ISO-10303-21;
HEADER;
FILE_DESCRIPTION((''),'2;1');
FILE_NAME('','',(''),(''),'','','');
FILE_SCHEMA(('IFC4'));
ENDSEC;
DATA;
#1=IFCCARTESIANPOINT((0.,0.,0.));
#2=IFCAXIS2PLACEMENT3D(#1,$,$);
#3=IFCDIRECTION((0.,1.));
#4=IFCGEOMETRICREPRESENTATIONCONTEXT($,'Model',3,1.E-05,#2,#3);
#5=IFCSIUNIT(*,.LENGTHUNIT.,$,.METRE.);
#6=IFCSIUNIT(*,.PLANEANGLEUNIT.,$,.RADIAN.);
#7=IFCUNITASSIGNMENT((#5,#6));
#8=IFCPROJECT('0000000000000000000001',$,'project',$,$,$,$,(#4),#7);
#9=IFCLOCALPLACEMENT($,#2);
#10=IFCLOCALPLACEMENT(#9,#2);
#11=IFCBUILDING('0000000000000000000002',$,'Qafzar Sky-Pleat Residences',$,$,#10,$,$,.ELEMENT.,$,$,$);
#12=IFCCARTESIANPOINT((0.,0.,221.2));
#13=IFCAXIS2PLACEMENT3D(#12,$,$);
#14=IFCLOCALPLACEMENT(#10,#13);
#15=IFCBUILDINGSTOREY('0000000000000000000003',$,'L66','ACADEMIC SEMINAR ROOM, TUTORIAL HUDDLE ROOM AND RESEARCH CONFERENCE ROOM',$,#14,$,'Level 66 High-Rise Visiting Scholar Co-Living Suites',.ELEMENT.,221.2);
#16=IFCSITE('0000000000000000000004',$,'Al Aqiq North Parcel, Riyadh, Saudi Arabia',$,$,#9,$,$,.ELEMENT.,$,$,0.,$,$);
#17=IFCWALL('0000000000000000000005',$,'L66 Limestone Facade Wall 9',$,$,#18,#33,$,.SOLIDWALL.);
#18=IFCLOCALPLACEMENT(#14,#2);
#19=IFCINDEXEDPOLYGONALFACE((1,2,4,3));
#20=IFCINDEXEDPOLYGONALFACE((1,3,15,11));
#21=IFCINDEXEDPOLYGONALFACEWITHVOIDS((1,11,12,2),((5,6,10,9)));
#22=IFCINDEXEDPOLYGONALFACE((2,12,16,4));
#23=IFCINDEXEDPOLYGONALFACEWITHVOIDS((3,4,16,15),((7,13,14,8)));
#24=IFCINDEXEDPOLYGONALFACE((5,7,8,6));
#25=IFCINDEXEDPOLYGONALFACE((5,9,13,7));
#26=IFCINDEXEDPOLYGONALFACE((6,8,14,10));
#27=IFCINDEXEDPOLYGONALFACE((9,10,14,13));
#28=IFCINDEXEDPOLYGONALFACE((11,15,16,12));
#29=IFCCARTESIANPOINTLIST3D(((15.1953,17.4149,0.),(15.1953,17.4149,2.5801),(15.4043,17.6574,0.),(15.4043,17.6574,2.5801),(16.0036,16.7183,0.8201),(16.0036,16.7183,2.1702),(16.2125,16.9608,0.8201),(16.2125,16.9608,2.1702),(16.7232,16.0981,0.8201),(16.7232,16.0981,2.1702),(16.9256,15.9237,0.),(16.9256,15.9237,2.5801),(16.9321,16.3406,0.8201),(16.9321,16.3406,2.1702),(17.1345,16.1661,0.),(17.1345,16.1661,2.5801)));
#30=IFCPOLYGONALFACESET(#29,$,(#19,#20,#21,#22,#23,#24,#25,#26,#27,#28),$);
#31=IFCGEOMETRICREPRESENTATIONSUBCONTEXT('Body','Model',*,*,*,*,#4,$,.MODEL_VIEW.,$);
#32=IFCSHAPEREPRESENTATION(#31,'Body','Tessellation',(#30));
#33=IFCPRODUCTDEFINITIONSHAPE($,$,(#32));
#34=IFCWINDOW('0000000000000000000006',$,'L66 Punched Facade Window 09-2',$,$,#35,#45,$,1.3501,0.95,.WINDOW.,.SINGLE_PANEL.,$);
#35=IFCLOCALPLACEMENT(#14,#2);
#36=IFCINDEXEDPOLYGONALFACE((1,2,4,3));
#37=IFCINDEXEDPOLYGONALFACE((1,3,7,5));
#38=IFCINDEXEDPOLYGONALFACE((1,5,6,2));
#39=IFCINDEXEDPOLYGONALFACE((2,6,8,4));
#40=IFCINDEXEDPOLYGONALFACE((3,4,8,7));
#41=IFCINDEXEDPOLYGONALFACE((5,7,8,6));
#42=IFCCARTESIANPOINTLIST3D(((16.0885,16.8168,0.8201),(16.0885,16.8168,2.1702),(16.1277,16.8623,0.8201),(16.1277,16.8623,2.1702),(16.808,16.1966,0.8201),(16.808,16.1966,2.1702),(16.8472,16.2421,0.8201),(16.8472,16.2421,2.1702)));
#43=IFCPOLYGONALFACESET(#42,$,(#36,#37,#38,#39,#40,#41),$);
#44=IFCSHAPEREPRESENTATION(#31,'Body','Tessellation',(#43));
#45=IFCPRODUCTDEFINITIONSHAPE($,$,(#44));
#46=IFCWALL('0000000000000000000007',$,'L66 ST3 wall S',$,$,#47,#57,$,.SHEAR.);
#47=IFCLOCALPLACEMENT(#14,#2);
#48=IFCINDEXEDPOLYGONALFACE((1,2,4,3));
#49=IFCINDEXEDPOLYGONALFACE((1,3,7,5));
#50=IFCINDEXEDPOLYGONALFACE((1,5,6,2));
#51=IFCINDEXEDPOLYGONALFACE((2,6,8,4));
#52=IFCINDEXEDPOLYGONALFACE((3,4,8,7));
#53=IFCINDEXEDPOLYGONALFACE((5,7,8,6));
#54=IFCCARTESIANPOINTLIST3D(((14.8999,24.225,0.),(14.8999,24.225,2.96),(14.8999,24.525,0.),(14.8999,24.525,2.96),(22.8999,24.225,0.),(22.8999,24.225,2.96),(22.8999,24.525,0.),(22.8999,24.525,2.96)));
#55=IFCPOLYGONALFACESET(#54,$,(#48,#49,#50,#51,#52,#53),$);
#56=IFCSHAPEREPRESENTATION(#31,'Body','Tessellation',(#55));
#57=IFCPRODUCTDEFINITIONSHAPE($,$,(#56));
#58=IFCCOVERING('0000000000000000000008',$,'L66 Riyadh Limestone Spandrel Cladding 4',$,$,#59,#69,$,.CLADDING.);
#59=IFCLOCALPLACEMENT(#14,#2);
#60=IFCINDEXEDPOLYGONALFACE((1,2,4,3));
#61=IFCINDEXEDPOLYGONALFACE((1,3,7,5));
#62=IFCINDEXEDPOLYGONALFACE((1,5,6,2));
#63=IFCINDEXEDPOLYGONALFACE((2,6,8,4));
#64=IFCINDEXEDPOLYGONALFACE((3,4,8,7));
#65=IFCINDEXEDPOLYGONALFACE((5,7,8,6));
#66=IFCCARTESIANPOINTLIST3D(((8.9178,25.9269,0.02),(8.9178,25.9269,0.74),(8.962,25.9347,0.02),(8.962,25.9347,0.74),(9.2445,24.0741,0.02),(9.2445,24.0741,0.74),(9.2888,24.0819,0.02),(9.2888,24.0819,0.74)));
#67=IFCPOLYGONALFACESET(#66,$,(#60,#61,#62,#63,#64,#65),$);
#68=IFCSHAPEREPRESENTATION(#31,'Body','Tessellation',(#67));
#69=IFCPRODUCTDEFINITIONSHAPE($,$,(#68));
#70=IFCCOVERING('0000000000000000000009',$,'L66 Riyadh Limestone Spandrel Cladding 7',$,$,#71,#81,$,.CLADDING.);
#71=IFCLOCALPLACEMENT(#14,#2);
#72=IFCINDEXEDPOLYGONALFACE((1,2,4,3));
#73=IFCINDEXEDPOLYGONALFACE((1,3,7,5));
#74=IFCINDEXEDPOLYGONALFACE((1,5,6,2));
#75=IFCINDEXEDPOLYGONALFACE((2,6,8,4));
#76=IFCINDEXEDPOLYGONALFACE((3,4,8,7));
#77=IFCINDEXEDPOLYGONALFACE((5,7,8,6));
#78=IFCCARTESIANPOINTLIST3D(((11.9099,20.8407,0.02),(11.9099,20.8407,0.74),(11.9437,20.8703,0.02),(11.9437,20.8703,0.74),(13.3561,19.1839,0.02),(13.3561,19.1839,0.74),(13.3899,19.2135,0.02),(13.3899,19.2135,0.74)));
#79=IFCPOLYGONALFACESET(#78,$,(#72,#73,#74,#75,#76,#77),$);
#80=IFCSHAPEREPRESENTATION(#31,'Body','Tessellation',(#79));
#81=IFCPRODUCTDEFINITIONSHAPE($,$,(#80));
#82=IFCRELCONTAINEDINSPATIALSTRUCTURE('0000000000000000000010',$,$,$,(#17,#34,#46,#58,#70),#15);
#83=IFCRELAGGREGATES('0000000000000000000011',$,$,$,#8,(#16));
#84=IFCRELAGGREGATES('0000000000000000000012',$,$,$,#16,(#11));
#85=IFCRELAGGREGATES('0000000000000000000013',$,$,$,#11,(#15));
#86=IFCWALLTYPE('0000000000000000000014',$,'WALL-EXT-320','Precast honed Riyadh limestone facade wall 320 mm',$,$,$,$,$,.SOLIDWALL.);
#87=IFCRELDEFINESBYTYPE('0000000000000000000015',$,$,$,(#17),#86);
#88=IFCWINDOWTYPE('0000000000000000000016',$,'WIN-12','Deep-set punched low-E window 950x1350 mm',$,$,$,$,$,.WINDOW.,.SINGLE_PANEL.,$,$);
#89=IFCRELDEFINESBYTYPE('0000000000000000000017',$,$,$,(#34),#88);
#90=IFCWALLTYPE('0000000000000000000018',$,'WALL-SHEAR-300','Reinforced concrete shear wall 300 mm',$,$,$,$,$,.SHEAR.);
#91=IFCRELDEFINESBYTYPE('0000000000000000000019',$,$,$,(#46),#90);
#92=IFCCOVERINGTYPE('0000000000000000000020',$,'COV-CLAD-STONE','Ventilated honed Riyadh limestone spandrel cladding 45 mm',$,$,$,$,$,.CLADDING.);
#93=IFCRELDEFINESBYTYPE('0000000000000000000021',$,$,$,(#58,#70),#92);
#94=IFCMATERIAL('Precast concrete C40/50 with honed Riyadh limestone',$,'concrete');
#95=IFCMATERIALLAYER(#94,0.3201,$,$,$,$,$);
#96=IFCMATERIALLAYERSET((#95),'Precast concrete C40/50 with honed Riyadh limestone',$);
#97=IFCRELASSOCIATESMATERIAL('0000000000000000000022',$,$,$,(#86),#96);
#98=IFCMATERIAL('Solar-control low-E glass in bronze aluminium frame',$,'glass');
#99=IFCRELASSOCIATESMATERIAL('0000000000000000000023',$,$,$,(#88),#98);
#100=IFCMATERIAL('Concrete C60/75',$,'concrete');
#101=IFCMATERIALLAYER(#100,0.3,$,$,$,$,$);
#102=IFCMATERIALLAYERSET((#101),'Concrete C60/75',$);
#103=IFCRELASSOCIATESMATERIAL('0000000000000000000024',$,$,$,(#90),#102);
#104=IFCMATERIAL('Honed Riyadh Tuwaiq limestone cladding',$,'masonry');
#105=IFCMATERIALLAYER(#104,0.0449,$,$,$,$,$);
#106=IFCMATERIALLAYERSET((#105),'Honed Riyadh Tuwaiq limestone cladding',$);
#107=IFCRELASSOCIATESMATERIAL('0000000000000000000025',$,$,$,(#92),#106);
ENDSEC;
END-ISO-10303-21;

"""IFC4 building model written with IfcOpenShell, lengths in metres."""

from ifc_helpers import new_model, si_unit, direction, frame, frame_2d, origin, origin_2d, place, context, subcontext, project, spatial, rectangle, extrude, source, transform, mapped, material, layer, layer_set, type_object, element, fill, save


model = new_model("IFC4")

# Units and contexts
model_context = context("Model", 3, precision=1e-05, world=origin(), true_north=direction((0.0, 1.0)))
body_context = subcontext(model_context, "Body", "Model", "MODEL_VIEW")
ifc_project = project(units=[si_unit("LENGTHUNIT", "METRE"), si_unit("PLANEANGLEUNIT", "RADIAN")], contexts=[model_context])

# Site, building, storey
site_placement = place(None, origin())
site = spatial("IfcSite", under=ifc_project, at=site_placement, Name="Al Aqiq North Parcel, Riyadh, Saudi Arabia", CompositionType="ELEMENT", RefElevation=0.0)
building_placement = place(site_placement, origin())
building = spatial("IfcBuilding", under=site, at=building_placement, Name="Qafzar Sky-Pleat Residences", CompositionType="ELEMENT")
storey_placement = place(building_placement, frame((0.0, 0.0, 221.2)))
storey = spatial("IfcBuildingStorey", under=building, at=storey_placement, Name="L66", Description="ACADEMIC SEMINAR ROOM, TUTORIAL HUDDLE ROOM AND RESEARCH CONFERENCE ROOM", LongName="Level 66 High-Rise Visiting Scholar Co-Living Suites", CompositionType="ELEMENT", Elevation=221.2)

# Shared definitions
ifc_material_1 = material(Name="Precast concrete C40/50 with honed Riyadh limestone", Category="concrete")
ifc_layer_1 = layer(ifc_material_1, 0.3201)
ifc_layer_set_1 = layer_set([ifc_layer_1], Name="Precast concrete C40/50 with honed Riyadh limestone")
wall_type_1 = type_object("IfcWallType", Name="WALL-EXT-320", Description="Precast honed Riyadh limestone facade wall 320 mm", PredefinedType="SOLIDWALL", material=ifc_layer_set_1)
ifc_material_2 = material(Name="Solar-control low-E glass in bronze aluminium frame", Category="glass")

# Wall, opening, window
wall_1_placement = place(storey_placement, frame((15.2998, 17.5361, 0.0), z_axis=(0.0, 0.0, 1.0), x_axis=(0.757488, -0.652849, 0.0)))
wall_1 = element("IfcWall", 1, at=wall_1_placement, inside=storey, type_object=wall_type_1, Name="L66 Limestone Facade Wall 9", PredefinedType="SOLIDWALL", context=body_context, shape_type="SweptSolid", body=[
    extrude(rectangle(XDim=2.2842, YDim=0.3201, at=frame_2d((1.1421, 0.0))), origin(), (0.0, 0.0, 1.0), 2.5801),
])
opening_1_placement = place(wall_1_placement, frame((1.0669, 0.0, 0.8201)))
opening_1 = element("IfcOpeningElement", 2, at=opening_1_placement, cuts=wall_1, PredefinedType="OPENING", context=body_context, shape_type="SweptSolid", body=[
    extrude(rectangle(XDim=0.95, YDim=1.3501, at=frame_2d((0.4751, 0.675))), frame((0.0, 0.1699, 0.0), z_axis=(0.0, -1.0, 0.0), x_axis=(1.0, 0.0, 0.0)), (0.0, 0.0, 1.0), 0.3401),
])
window_type_1 = type_object("IfcWindowType", Name="WIN-12", Description="Deep-set punched low-E window 950x1350 mm", PartitioningType="SINGLE_PANEL", PredefinedType="WINDOW", material=ifc_material_2)
shared_shape_1 = source(origin(), body_context, "Body", "SweptSolid", [
    extrude(rectangle(XDim=0.95, YDim=1.3501, at=frame_2d((0.4751, 0.675))), frame((0.0, 0.03, 0.0), z_axis=(0.0, -1.0, 0.0), x_axis=(1.0, 0.0, 0.0)), (0.0, 0.0, 1.0), 0.0601),
])
window_1_placement = place(opening_1_placement, origin())
window_1 = element("IfcWindow", 3, at=window_1_placement, inside=storey, type_object=window_type_1, Name="L66 Punched Facade Window 09-2", OverallHeight=1.3501, OverallWidth=0.95, PartitioningType="SINGLE_PANEL", PredefinedType="WINDOW", context=body_context, shape_type="MappedRepresentation", body=[
    mapped(shared_shape_1, transform((0.0, 0.0, 0.0), x_axis=(1.0, 0.0, 0.0), y_axis=(0.0, 1.0, 0.0), z_axis=(0.0, 0.0, 1.0), scale=1.0)),
])
fill(opening_1, window_1)

# Wall
ifc_material_3 = material(Name="Concrete C60/75", Category="concrete")
ifc_layer_2 = layer(ifc_material_3, 0.3)
ifc_layer_set_2 = layer_set([ifc_layer_2], Name="Concrete C60/75")
wall_type_2 = type_object("IfcWallType", Name="WALL-SHEAR-300", Description="Reinforced concrete shear wall 300 mm", PredefinedType="SHEAR", material=ifc_layer_set_2)
wall_2_placement = place(storey_placement, frame((14.8999, 24.375, 0.0), z_axis=(0.0, 0.0, 1.0), x_axis=(1.0, 0.0, 0.0)))
element("IfcWall", 4, at=wall_2_placement, inside=storey, type_object=wall_type_2, Name="L66 ST3 wall S", PredefinedType="SHEAR", context=body_context, shape_type="SweptSolid", body=[
    extrude(rectangle(XDim=8.0, YDim=0.3, at=frame_2d((4.0, 0.0))), origin(), (0.0, 0.0, 1.0), 2.96),
])

# Covering
ifc_material_4 = material(Name="Honed Riyadh Tuwaiq limestone cladding", Category="masonry")
ifc_layer_3 = layer(ifc_material_4, 0.0449)
ifc_layer_set_3 = layer_set([ifc_layer_3], Name="Honed Riyadh Tuwaiq limestone cladding")
covering_type = type_object("IfcCoveringType", Name="COV-CLAD-STONE", Description="Ventilated honed Riyadh limestone spandrel cladding 45 mm", PredefinedType="CLADDING", material=ifc_layer_set_3)
shared_shape_2 = source(origin(), body_context, "Body", "SweptSolid", [
    extrude(rectangle(XDim=1.8813, YDim=0.0449, at=origin_2d()), origin(), (0.0, 0.0, 1.0), 0.72),
])
covering_1_placement = place(storey_placement, frame((9.1033, 25.0044, 0.02), z_axis=(0.0, 0.0, 1.0), x_axis=(0.173663, -0.984805, 0.0)))
element("IfcCovering", 5, at=covering_1_placement, inside=storey, type_object=covering_type, Name="L66 Riyadh Limestone Spandrel Cladding 4", PredefinedType="CLADDING", context=body_context, shape_type="MappedRepresentation", body=[
    mapped(shared_shape_2, transform((0.0, 0.0, 0.0), x_axis=(1.0, 0.0, 0.0), y_axis=(0.0, 1.0, 0.0), z_axis=(0.0, 0.0, 1.0), scale=1.0)),
])

# Covering
shared_shape_3 = source(origin(), body_context, "Body", "SweptSolid", [
    extrude(rectangle(XDim=2.1992, YDim=0.0449, at=origin_2d()), origin(), (0.0, 0.0, 1.0), 0.72),
])
covering_2_placement = place(storey_placement, frame((12.6499, 20.0271, 0.02), z_axis=(0.0, 0.0, 1.0), x_axis=(0.657603, -0.753365, 0.0)))
element("IfcCovering", 6, at=covering_2_placement, inside=storey, type_object=covering_type, Name="L66 Riyadh Limestone Spandrel Cladding 7", PredefinedType="CLADDING", context=body_context, shape_type="MappedRepresentation", body=[
    mapped(shared_shape_3, transform((0.0, 0.0, 0.0), x_axis=(1.0, 0.0, 0.0), y_axis=(0.0, 1.0, 0.0), z_axis=(0.0, 0.0, 1.0), scale=1.0)),
])

save(model, "model.ifc")
